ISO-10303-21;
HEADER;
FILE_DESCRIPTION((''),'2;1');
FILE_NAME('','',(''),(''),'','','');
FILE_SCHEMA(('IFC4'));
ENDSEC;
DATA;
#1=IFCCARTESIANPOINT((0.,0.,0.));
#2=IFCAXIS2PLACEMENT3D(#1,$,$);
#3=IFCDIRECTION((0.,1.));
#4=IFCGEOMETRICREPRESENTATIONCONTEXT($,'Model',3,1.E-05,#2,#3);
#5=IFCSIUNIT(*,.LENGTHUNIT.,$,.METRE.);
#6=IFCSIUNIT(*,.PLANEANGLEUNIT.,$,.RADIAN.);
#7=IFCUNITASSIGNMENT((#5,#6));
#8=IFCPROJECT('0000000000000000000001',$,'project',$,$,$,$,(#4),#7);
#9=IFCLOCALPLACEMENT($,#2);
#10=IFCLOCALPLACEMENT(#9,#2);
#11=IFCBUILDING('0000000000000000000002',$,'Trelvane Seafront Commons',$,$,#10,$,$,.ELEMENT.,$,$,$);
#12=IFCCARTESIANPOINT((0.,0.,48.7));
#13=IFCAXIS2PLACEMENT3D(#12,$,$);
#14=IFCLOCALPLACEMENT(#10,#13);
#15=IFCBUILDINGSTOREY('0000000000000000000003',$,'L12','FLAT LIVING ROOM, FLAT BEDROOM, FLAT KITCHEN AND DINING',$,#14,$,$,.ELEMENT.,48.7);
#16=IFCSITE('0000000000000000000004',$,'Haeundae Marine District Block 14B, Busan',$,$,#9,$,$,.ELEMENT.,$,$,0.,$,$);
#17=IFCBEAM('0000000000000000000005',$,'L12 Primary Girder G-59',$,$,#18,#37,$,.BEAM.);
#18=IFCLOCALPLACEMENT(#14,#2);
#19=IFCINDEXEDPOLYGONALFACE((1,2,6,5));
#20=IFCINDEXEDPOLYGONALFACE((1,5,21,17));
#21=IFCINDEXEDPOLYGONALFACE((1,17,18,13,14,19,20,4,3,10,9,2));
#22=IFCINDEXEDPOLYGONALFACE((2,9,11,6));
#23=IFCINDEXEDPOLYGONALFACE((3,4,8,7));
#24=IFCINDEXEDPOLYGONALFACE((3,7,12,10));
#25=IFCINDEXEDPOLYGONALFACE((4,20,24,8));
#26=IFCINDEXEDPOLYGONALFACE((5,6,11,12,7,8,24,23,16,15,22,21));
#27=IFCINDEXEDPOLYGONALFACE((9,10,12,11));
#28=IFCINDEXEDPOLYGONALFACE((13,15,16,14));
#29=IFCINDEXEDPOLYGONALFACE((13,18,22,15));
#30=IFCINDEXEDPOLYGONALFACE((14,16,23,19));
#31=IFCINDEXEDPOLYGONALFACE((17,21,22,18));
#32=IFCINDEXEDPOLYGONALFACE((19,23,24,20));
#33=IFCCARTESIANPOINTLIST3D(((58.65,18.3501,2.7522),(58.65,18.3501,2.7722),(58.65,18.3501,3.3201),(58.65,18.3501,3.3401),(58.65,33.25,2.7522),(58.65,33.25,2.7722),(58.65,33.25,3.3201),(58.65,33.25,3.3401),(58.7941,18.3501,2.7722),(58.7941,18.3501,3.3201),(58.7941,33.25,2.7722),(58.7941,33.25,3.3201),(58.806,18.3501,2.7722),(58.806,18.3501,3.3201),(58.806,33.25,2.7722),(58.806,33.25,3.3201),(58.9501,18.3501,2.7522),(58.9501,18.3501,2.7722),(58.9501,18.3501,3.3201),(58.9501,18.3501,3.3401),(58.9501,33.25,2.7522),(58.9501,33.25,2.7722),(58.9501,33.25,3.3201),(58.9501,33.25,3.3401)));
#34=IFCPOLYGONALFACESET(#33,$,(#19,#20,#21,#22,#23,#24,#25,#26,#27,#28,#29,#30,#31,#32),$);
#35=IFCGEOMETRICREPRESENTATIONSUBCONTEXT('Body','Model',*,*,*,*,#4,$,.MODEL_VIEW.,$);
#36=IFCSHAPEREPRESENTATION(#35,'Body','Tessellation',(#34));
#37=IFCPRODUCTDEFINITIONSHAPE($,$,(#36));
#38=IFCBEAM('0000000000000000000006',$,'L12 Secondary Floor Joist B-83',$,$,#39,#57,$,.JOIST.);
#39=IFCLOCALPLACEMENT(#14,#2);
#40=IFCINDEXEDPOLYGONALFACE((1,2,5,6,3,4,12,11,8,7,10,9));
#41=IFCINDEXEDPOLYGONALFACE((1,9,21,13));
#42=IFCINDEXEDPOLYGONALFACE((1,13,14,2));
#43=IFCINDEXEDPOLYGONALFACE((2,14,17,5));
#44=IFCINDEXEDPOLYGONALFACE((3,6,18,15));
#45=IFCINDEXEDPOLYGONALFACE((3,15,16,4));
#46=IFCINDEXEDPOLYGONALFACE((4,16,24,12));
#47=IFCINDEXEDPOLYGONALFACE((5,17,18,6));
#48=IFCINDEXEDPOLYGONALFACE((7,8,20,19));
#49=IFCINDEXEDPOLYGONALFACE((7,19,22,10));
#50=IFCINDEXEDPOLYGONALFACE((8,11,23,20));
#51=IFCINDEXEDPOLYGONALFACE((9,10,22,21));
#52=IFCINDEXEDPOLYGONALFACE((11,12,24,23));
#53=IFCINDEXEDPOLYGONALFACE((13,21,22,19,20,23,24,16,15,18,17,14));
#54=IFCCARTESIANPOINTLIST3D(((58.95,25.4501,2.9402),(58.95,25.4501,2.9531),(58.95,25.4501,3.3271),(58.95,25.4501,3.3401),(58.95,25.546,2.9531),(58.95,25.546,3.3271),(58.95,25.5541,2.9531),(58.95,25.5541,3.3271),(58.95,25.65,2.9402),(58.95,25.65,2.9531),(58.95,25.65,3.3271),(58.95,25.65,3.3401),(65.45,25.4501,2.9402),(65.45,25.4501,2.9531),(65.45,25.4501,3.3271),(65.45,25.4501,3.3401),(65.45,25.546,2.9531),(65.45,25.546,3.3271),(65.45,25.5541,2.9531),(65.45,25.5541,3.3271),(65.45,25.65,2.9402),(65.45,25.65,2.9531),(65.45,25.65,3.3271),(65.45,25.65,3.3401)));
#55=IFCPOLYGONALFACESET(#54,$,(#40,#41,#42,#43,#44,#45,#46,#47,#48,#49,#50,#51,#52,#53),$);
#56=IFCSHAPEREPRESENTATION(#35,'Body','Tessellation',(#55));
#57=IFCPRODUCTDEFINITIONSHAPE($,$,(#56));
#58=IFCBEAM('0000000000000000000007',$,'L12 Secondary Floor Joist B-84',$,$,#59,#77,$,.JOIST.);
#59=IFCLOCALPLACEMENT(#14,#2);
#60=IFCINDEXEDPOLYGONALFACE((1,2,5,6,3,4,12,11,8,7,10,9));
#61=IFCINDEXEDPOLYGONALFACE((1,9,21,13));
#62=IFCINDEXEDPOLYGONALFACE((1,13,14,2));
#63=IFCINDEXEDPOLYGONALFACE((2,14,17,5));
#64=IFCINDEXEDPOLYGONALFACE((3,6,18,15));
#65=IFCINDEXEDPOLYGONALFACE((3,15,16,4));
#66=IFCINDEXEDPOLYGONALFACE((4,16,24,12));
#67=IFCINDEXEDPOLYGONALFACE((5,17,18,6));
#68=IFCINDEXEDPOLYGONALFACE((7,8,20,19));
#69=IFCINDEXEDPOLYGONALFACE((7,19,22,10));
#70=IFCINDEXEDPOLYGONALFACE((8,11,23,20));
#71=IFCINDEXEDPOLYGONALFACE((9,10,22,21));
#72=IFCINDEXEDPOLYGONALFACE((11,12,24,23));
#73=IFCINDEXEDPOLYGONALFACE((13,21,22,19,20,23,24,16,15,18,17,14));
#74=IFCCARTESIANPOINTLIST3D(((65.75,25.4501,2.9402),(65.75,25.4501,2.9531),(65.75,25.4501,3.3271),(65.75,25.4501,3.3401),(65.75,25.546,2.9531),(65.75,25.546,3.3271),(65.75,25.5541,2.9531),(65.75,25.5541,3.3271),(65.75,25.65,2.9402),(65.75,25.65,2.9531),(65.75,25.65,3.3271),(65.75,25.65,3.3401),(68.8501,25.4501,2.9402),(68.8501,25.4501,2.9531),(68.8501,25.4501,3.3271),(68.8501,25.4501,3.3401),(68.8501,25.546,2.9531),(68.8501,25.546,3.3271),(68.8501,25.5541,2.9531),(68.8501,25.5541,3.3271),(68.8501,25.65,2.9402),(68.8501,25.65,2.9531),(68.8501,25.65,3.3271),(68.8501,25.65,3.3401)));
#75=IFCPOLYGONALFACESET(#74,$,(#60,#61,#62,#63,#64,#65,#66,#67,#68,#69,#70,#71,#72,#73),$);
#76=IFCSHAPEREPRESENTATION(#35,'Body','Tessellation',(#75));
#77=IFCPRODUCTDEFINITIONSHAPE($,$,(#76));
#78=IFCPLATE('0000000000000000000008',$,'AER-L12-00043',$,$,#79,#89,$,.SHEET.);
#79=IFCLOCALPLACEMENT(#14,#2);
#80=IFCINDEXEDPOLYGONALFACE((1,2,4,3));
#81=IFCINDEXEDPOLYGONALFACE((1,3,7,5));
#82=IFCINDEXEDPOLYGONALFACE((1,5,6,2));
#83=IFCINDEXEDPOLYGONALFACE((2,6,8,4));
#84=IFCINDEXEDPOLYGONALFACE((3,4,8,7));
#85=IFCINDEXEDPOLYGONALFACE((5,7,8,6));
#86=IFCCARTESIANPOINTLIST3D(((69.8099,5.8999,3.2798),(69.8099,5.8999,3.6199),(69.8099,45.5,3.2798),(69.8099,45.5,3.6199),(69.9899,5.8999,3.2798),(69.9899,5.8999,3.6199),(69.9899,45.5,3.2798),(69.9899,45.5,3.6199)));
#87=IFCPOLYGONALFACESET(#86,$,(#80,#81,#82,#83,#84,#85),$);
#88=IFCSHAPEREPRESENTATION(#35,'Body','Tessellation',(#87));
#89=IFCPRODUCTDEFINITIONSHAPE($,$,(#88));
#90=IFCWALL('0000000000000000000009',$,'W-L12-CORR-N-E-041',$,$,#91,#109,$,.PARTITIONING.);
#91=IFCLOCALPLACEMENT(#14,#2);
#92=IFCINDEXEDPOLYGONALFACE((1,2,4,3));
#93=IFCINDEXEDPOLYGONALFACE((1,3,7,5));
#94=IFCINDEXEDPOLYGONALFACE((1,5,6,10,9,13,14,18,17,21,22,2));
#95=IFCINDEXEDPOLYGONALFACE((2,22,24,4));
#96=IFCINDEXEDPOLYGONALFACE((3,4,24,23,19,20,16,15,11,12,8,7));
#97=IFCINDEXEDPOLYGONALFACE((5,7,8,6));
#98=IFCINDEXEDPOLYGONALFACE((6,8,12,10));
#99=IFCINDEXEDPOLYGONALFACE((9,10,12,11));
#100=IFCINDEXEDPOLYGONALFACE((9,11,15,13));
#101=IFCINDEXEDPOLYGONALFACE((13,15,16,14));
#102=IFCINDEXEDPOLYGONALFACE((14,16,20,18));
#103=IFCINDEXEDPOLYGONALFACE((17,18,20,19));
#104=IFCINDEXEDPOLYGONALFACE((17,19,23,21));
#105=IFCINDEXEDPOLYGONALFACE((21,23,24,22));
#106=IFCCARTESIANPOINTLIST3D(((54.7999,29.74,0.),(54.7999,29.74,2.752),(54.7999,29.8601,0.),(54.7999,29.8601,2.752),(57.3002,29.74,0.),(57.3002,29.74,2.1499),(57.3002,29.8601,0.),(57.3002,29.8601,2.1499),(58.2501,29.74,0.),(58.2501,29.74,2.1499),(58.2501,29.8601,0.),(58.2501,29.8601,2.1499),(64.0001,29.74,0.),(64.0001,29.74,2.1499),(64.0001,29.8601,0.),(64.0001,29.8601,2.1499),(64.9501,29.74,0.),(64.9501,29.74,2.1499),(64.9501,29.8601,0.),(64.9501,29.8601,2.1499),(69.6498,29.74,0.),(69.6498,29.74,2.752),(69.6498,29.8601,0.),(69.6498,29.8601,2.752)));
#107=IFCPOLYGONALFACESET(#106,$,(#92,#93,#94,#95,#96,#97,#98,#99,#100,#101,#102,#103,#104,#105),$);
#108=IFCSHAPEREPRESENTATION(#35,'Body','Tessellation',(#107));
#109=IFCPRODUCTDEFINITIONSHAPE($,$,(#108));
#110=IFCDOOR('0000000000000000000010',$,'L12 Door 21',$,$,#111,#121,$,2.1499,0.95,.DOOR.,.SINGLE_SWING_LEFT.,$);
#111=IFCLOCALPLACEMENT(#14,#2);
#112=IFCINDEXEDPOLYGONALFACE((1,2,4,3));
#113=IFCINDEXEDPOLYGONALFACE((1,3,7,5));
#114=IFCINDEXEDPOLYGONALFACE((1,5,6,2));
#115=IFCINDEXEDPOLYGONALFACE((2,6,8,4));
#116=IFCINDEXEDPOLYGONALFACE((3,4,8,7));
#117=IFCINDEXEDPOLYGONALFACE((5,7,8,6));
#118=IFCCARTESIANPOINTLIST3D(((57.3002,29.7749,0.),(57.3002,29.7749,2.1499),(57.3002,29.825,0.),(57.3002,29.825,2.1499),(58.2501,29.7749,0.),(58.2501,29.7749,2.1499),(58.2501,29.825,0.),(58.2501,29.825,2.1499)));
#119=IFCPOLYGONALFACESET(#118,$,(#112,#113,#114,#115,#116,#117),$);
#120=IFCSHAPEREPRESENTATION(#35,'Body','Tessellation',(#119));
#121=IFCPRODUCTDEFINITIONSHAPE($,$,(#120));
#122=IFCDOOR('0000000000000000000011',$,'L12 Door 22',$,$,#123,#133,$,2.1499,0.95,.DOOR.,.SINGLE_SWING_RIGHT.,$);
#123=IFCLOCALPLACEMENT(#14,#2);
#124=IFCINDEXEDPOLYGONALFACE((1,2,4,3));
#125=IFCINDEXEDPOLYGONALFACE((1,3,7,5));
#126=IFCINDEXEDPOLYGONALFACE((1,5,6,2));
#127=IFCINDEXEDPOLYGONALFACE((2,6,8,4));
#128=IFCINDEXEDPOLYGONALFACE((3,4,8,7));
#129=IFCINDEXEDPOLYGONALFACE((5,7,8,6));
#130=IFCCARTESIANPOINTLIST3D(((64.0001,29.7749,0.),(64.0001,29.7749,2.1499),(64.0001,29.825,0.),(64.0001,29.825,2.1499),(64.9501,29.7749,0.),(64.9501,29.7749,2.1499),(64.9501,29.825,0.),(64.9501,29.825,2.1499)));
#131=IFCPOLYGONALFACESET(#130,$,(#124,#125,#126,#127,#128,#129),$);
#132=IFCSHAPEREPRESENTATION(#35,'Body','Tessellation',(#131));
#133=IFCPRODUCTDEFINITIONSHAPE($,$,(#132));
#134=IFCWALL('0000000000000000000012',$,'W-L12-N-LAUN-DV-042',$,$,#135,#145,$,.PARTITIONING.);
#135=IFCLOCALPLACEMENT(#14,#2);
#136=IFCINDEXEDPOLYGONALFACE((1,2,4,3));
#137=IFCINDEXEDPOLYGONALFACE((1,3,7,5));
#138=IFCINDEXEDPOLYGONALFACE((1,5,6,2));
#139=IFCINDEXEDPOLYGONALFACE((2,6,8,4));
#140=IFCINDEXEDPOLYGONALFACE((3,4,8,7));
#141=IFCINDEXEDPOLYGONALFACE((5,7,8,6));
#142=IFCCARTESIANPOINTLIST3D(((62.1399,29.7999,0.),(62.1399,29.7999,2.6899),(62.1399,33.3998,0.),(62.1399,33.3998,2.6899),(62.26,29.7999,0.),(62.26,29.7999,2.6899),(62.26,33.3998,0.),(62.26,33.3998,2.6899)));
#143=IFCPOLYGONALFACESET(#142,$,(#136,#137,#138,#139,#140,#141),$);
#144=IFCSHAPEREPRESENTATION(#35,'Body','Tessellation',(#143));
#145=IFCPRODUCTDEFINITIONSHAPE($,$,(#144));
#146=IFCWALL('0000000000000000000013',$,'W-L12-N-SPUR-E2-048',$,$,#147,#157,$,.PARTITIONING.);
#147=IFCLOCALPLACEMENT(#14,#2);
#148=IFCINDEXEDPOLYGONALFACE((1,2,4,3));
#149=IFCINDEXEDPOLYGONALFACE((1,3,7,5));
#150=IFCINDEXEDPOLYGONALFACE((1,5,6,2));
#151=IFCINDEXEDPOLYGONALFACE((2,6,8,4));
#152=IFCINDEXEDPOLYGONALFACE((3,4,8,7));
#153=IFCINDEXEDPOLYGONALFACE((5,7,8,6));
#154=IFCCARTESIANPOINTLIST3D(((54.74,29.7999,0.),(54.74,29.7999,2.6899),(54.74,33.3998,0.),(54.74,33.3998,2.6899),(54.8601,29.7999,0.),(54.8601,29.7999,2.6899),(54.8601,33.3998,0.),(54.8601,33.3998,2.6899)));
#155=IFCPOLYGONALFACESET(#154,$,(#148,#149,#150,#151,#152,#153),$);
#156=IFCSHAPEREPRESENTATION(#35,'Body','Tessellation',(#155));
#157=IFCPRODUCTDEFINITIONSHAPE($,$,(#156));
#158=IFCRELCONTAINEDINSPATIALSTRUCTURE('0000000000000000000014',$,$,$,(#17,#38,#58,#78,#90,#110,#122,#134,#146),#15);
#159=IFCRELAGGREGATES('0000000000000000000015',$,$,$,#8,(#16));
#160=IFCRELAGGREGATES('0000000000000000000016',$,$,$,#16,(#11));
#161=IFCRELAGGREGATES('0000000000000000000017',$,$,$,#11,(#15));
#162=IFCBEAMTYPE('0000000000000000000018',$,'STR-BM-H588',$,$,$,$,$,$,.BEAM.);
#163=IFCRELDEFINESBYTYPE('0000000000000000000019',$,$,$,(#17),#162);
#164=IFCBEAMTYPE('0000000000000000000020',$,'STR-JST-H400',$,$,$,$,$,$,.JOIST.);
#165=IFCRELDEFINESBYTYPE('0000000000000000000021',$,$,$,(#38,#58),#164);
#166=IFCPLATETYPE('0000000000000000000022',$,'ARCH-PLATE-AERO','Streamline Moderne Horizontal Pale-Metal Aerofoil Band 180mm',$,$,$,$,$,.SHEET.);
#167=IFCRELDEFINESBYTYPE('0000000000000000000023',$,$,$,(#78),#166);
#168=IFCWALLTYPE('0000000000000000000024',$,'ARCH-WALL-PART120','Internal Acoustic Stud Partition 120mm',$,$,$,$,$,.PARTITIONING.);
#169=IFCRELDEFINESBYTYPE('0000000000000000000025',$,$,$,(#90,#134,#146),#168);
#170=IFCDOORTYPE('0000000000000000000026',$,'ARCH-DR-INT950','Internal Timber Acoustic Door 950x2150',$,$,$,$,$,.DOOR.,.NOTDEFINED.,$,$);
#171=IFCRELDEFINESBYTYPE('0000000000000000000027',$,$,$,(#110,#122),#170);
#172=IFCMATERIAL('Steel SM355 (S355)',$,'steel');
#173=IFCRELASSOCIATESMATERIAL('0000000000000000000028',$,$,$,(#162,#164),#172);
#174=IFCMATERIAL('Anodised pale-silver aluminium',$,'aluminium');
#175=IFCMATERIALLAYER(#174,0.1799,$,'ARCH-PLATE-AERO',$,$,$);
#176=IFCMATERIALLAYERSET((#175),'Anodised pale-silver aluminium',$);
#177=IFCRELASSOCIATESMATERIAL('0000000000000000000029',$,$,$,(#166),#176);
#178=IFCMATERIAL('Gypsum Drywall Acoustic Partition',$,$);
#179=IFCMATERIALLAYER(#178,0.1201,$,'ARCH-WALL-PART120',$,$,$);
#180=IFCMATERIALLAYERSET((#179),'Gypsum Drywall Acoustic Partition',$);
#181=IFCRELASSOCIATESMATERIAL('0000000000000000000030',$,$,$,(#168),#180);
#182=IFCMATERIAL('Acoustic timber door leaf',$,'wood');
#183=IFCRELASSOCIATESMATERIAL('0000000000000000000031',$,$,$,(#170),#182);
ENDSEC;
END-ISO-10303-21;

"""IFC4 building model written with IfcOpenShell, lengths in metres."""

from ifc_helpers import new_model, si_unit, direction, frame, frame_2d, origin, origin_2d, place, context, subcontext, project, spatial, rectangle, i_section, extrude, source, transform, mapped, material, layer, layer_set, material_profile, profile_set, type_object, element, fill, save


model = new_model("IFC4")

# Units and contexts
model_context = context("Model", 3, precision=1e-05, world=origin(), true_north=direction((0.0, 1.0)))
body_context = subcontext(model_context, "Body", "Model", "MODEL_VIEW")
ifc_project = project(units=[si_unit("LENGTHUNIT", "METRE"), si_unit("PLANEANGLEUNIT", "RADIAN")], contexts=[model_context])

# Site, building, storey
site_placement = place(None, origin())
site = spatial("IfcSite", under=ifc_project, at=site_placement, Name="Haeundae Marine District Block 14B, Busan", CompositionType="ELEMENT", RefElevation=0.0)
building_placement = place(site_placement, origin())
building = spatial("IfcBuilding", under=site, at=building_placement, Name="Trelvane Seafront Commons", CompositionType="ELEMENT")
storey_placement = place(building_placement, frame((0.0, 0.0, 48.7)))
storey = spatial("IfcBuildingStorey", under=building, at=storey_placement, Name="L12", Description="FLAT LIVING ROOM, FLAT BEDROOM, FLAT KITCHEN AND DINING", CompositionType="ELEMENT", Elevation=48.7)

# Shared definitions
ifc_material_1 = material(Name="Steel SM355 (S355)", Category="steel")

# Beams
ifc_material_profile_1 = material_profile(ifc_material_1, i_section(OverallWidth=0.3, OverallDepth=0.5879, WebThickness=0.012, FlangeThickness=0.02, at=origin_2d()), Name="H-588x300x12x20")
ifc_profile_set_1 = profile_set([ifc_material_profile_1], Name="Steel SM355 (S355)")
beam_type_1 = type_object("IfcBeamType", Name="STR-BM-H588", PredefinedType="BEAM", material=ifc_profile_set_1)
shared_shape_1 = source(origin(), body_context, "Body", "SweptSolid", [
    extrude(i_section(OverallWidth=0.3, OverallDepth=0.5879, WebThickness=0.012, FlangeThickness=0.02, at=origin_2d()), origin(), (0.0, 0.0, 1.0), 14.8999),
])
beam_1_placement = place(storey_placement, frame((58.8, 18.3501, 3.0461), z_axis=(0.0, 1.0, 0.0), x_axis=(-1.0, 0.0, 0.0)))
element("IfcBeam", 1, at=beam_1_placement, inside=storey, type_object=beam_type_1, Name="L12 Primary Girder G-59", PredefinedType="BEAM", context=body_context, shape_type="MappedRepresentation", body=[
    mapped(shared_shape_1, transform((0.0, 0.0, 0.0), x_axis=(1.0, 0.0, 0.0), y_axis=(0.0, 1.0, 0.0), z_axis=(0.0, 0.0, 1.0), scale=1.0)),
])
ifc_material_profile_2 = material_profile(ifc_material_1, i_section(OverallWidth=0.2, OverallDepth=0.3999, WebThickness=0.0081, FlangeThickness=0.0129, at=origin_2d()), Name="H-400x200x8x13")
ifc_profile_set_2 = profile_set([ifc_material_profile_2], Name="Steel SM355 (S355)")
beam_type_2 = type_object("IfcBeamType", Name="STR-JST-H400", PredefinedType="JOIST", material=ifc_profile_set_2)
shared_shape_2 = source(origin(), body_context, "Body", "SweptSolid", [
    extrude(i_section(OverallWidth=0.2, OverallDepth=0.3999, WebThickness=0.0081, FlangeThickness=0.0129, at=origin_2d()), origin(), (0.0, 0.0, 1.0), 6.5),
])
beam_2_placement = place(storey_placement, frame((58.95, 25.55, 3.1401), z_axis=(1.0, 0.0, 0.0), x_axis=(0.0, 1.0, 0.0)))
element("IfcBeam", 2, at=beam_2_placement, inside=storey, type_object=beam_type_2, Name="L12 Secondary Floor Joist B-83", PredefinedType="JOIST", context=body_context, shape_type="MappedRepresentation", body=[
    mapped(shared_shape_2, transform((0.0, 0.0, 0.0), x_axis=(1.0, 0.0, 0.0), y_axis=(0.0, 1.0, 0.0), z_axis=(0.0, 0.0, 1.0), scale=1.0)),
])
shared_shape_3 = source(origin(), body_context, "Body", "SweptSolid", [
    extrude(i_section(OverallWidth=0.2, OverallDepth=0.3999, WebThickness=0.0081, FlangeThickness=0.0129, at=origin_2d()), origin(), (0.0, 0.0, 1.0), 3.1001),
])
beam_3_placement = place(storey_placement, frame((65.75, 25.55, 3.1401), z_axis=(1.0, 0.0, 0.0), x_axis=(0.0, 1.0, 0.0)))
element("IfcBeam", 3, at=beam_3_placement, inside=storey, type_object=beam_type_2, Name="L12 Secondary Floor Joist B-84", PredefinedType="JOIST", context=body_context, shape_type="MappedRepresentation", body=[
    mapped(shared_shape_3, transform((0.0, 0.0, 0.0), x_axis=(1.0, 0.0, 0.0), y_axis=(0.0, 1.0, 0.0), z_axis=(0.0, 0.0, 1.0), scale=1.0)),
])

# Plate
ifc_material_2 = material(Name="Anodised pale-silver aluminium", Category="aluminium")
ifc_layer_1 = layer(ifc_material_2, 0.1799, Name="ARCH-PLATE-AERO")
ifc_layer_set_1 = layer_set([ifc_layer_1], Name="Anodised pale-silver aluminium")
plate_type = type_object("IfcPlateType", Name="ARCH-PLATE-AERO", Description="Streamline Moderne Horizontal Pale-Metal Aerofoil Band 180mm", PredefinedType="SHEET", material=ifc_layer_set_1)
shared_shape_4 = source(origin(), body_context, "Body", "SweptSolid", [
    extrude(rectangle(XDim=39.6001, YDim=0.1799, at=origin_2d()), origin(), (0.0, 0.0, 1.0), 0.3401),
])
plate_placement = place(storey_placement, frame((69.8999, 25.7, 3.2798), z_axis=(0.0, 0.0, 1.0), x_axis=(0.0, -1.0, 0.0)))
element("IfcPlate", 4, at=plate_placement, inside=storey, type_object=plate_type, Name="AER-L12-00043", PredefinedType="SHEET", context=body_context, shape_type="MappedRepresentation", body=[
    mapped(shared_shape_4, transform((0.0, 0.0, 0.0), x_axis=(1.0, 0.0, 0.0), y_axis=(0.0, 1.0, 0.0), z_axis=(0.0, 0.0, 1.0), scale=1.0)),
])

# Wall, openings, doors
ifc_material_3 = material(Name="Gypsum Drywall Acoustic Partition")
ifc_layer_2 = layer(ifc_material_3, 0.1201, Name="ARCH-WALL-PART120")
ifc_layer_set_2 = layer_set([ifc_layer_2], Name="Gypsum Drywall Acoustic Partition")
wall_type_1 = type_object("IfcWallType", Name="ARCH-WALL-PART120", Description="Internal Acoustic Stud Partition 120mm", PredefinedType="PARTITIONING", material=ifc_layer_set_2)
wall_1_placement = place(storey_placement, frame((54.8, 29.8, 0.0), z_axis=(0.0, 0.0, 1.0), x_axis=(1.0, 0.0, 0.0)))
wall_1 = element("IfcWall", 5, at=wall_1_placement, inside=storey, type_object=wall_type_1, Name="W-L12-CORR-N-E-041", PredefinedType="PARTITIONING", context=body_context, shape_type="SweptSolid", body=[
    extrude(rectangle(XDim=14.8499, YDim=0.1201, at=frame_2d((7.4248, 0.0))), origin(), (0.0, 0.0, 1.0), 2.752),
])
opening_1_placement = place(wall_1_placement, frame((2.5, 0.0, 0.0)))
opening_1 = element("IfcOpeningElement", 6, at=opening_1_placement, cuts=wall_1, PredefinedType="OPENING", context=body_context, shape_type="SweptSolid", body=[
    extrude(rectangle(XDim=0.95, YDim=2.1499, at=frame_2d((0.4751, 1.075))), frame((0.0, 0.0701, 0.0), z_axis=(0.0, -1.0, 0.0), x_axis=(1.0, 0.0, 0.0)), (0.0, 0.0, 1.0), 0.1401),
])
opening_2_placement = place(wall_1_placement, frame((9.2, 0.0, 0.0)))
opening_2 = element("IfcOpeningElement", 7, at=opening_2_placement, cuts=wall_1, PredefinedType="OPENING", context=body_context, shape_type="SweptSolid", body=[
    extrude(rectangle(XDim=0.95, YDim=2.1499, at=frame_2d((0.4751, 1.075))), frame((0.0, 0.0701, 0.0), z_axis=(0.0, -1.0, 0.0), x_axis=(1.0, 0.0, 0.0)), (0.0, 0.0, 1.0), 0.1401),
])
ifc_material_4 = material(Name="Acoustic timber door leaf", Category="wood")
door_type_1 = type_object("IfcDoorType", Name="ARCH-DR-INT950", Description="Internal Timber Acoustic Door 950x2150", OperationType="NOTDEFINED", PredefinedType="DOOR", material=ifc_material_4)
shared_shape_5 = source(origin(), body_context, "Body", "SweptSolid", [
    extrude(rectangle(XDim=0.95, YDim=2.1499, at=frame_2d((0.4751, 1.075))), frame((0.0, 0.0249, 0.0), z_axis=(0.0, -1.0, 0.0), x_axis=(1.0, 0.0, 0.0)), (0.0, 0.0, 1.0), 0.05),
])
door_1_placement = place(opening_1_placement, origin())
door_1 = element("IfcDoor", 8, at=door_1_placement, inside=storey, type_object=door_type_1, Name="L12 Door 21", OperationType="SINGLE_SWING_LEFT", OverallHeight=2.1499, OverallWidth=0.95, PredefinedType="DOOR", context=body_context, shape_type="MappedRepresentation", body=[
    mapped(shared_shape_5, transform((0.0, 0.0, 0.0), x_axis=(1.0, 0.0, 0.0), y_axis=(0.0, 1.0, 0.0), z_axis=(0.0, 0.0, 1.0), scale=1.0)),
])
fill(opening_1, door_1)
door_2_placement = place(opening_2_placement, origin())
door_2 = element("IfcDoor", 9, at=door_2_placement, inside=storey, type_object=door_type_1, Name="L12 Door 22", OperationType="SINGLE_SWING_RIGHT", OverallHeight=2.1499, OverallWidth=0.95, PredefinedType="DOOR", context=body_context, shape_type="MappedRepresentation", body=[
    mapped(shared_shape_5, transform((0.0, 0.0, 0.0), x_axis=(1.0, 0.0, 0.0), y_axis=(0.0, 1.0, 0.0), z_axis=(0.0, 0.0, 1.0), scale=1.0)),
])
fill(opening_2, door_2)

# Walls
for number, where, z_axis, x_axis, name in (
    (10, (62.2, 29.8, 0.0), (0.0, 0.0, 1.0), (0.0, 1.0, 0.0), "W-L12-N-LAUN-DV-042"),
    (11, (54.8, 29.8, 0.0), (0.0, 0.0, 1.0), (0.0, 1.0, 0.0), "W-L12-N-SPUR-E2-048"),
):
    element("IfcWall", number, at=place(storey_placement, frame(where, z_axis=z_axis, x_axis=x_axis)), inside=storey, type_object=wall_type_1, Name=name, PredefinedType="PARTITIONING", context=body_context, shape_type="SweptSolid", body=[
        extrude(rectangle(XDim=3.5999, YDim=0.1201, at=frame_2d((1.7998, 0.0))), origin(), (0.0, 0.0, 1.0), 2.6899),
    ])

save(model, "model.ifc")
